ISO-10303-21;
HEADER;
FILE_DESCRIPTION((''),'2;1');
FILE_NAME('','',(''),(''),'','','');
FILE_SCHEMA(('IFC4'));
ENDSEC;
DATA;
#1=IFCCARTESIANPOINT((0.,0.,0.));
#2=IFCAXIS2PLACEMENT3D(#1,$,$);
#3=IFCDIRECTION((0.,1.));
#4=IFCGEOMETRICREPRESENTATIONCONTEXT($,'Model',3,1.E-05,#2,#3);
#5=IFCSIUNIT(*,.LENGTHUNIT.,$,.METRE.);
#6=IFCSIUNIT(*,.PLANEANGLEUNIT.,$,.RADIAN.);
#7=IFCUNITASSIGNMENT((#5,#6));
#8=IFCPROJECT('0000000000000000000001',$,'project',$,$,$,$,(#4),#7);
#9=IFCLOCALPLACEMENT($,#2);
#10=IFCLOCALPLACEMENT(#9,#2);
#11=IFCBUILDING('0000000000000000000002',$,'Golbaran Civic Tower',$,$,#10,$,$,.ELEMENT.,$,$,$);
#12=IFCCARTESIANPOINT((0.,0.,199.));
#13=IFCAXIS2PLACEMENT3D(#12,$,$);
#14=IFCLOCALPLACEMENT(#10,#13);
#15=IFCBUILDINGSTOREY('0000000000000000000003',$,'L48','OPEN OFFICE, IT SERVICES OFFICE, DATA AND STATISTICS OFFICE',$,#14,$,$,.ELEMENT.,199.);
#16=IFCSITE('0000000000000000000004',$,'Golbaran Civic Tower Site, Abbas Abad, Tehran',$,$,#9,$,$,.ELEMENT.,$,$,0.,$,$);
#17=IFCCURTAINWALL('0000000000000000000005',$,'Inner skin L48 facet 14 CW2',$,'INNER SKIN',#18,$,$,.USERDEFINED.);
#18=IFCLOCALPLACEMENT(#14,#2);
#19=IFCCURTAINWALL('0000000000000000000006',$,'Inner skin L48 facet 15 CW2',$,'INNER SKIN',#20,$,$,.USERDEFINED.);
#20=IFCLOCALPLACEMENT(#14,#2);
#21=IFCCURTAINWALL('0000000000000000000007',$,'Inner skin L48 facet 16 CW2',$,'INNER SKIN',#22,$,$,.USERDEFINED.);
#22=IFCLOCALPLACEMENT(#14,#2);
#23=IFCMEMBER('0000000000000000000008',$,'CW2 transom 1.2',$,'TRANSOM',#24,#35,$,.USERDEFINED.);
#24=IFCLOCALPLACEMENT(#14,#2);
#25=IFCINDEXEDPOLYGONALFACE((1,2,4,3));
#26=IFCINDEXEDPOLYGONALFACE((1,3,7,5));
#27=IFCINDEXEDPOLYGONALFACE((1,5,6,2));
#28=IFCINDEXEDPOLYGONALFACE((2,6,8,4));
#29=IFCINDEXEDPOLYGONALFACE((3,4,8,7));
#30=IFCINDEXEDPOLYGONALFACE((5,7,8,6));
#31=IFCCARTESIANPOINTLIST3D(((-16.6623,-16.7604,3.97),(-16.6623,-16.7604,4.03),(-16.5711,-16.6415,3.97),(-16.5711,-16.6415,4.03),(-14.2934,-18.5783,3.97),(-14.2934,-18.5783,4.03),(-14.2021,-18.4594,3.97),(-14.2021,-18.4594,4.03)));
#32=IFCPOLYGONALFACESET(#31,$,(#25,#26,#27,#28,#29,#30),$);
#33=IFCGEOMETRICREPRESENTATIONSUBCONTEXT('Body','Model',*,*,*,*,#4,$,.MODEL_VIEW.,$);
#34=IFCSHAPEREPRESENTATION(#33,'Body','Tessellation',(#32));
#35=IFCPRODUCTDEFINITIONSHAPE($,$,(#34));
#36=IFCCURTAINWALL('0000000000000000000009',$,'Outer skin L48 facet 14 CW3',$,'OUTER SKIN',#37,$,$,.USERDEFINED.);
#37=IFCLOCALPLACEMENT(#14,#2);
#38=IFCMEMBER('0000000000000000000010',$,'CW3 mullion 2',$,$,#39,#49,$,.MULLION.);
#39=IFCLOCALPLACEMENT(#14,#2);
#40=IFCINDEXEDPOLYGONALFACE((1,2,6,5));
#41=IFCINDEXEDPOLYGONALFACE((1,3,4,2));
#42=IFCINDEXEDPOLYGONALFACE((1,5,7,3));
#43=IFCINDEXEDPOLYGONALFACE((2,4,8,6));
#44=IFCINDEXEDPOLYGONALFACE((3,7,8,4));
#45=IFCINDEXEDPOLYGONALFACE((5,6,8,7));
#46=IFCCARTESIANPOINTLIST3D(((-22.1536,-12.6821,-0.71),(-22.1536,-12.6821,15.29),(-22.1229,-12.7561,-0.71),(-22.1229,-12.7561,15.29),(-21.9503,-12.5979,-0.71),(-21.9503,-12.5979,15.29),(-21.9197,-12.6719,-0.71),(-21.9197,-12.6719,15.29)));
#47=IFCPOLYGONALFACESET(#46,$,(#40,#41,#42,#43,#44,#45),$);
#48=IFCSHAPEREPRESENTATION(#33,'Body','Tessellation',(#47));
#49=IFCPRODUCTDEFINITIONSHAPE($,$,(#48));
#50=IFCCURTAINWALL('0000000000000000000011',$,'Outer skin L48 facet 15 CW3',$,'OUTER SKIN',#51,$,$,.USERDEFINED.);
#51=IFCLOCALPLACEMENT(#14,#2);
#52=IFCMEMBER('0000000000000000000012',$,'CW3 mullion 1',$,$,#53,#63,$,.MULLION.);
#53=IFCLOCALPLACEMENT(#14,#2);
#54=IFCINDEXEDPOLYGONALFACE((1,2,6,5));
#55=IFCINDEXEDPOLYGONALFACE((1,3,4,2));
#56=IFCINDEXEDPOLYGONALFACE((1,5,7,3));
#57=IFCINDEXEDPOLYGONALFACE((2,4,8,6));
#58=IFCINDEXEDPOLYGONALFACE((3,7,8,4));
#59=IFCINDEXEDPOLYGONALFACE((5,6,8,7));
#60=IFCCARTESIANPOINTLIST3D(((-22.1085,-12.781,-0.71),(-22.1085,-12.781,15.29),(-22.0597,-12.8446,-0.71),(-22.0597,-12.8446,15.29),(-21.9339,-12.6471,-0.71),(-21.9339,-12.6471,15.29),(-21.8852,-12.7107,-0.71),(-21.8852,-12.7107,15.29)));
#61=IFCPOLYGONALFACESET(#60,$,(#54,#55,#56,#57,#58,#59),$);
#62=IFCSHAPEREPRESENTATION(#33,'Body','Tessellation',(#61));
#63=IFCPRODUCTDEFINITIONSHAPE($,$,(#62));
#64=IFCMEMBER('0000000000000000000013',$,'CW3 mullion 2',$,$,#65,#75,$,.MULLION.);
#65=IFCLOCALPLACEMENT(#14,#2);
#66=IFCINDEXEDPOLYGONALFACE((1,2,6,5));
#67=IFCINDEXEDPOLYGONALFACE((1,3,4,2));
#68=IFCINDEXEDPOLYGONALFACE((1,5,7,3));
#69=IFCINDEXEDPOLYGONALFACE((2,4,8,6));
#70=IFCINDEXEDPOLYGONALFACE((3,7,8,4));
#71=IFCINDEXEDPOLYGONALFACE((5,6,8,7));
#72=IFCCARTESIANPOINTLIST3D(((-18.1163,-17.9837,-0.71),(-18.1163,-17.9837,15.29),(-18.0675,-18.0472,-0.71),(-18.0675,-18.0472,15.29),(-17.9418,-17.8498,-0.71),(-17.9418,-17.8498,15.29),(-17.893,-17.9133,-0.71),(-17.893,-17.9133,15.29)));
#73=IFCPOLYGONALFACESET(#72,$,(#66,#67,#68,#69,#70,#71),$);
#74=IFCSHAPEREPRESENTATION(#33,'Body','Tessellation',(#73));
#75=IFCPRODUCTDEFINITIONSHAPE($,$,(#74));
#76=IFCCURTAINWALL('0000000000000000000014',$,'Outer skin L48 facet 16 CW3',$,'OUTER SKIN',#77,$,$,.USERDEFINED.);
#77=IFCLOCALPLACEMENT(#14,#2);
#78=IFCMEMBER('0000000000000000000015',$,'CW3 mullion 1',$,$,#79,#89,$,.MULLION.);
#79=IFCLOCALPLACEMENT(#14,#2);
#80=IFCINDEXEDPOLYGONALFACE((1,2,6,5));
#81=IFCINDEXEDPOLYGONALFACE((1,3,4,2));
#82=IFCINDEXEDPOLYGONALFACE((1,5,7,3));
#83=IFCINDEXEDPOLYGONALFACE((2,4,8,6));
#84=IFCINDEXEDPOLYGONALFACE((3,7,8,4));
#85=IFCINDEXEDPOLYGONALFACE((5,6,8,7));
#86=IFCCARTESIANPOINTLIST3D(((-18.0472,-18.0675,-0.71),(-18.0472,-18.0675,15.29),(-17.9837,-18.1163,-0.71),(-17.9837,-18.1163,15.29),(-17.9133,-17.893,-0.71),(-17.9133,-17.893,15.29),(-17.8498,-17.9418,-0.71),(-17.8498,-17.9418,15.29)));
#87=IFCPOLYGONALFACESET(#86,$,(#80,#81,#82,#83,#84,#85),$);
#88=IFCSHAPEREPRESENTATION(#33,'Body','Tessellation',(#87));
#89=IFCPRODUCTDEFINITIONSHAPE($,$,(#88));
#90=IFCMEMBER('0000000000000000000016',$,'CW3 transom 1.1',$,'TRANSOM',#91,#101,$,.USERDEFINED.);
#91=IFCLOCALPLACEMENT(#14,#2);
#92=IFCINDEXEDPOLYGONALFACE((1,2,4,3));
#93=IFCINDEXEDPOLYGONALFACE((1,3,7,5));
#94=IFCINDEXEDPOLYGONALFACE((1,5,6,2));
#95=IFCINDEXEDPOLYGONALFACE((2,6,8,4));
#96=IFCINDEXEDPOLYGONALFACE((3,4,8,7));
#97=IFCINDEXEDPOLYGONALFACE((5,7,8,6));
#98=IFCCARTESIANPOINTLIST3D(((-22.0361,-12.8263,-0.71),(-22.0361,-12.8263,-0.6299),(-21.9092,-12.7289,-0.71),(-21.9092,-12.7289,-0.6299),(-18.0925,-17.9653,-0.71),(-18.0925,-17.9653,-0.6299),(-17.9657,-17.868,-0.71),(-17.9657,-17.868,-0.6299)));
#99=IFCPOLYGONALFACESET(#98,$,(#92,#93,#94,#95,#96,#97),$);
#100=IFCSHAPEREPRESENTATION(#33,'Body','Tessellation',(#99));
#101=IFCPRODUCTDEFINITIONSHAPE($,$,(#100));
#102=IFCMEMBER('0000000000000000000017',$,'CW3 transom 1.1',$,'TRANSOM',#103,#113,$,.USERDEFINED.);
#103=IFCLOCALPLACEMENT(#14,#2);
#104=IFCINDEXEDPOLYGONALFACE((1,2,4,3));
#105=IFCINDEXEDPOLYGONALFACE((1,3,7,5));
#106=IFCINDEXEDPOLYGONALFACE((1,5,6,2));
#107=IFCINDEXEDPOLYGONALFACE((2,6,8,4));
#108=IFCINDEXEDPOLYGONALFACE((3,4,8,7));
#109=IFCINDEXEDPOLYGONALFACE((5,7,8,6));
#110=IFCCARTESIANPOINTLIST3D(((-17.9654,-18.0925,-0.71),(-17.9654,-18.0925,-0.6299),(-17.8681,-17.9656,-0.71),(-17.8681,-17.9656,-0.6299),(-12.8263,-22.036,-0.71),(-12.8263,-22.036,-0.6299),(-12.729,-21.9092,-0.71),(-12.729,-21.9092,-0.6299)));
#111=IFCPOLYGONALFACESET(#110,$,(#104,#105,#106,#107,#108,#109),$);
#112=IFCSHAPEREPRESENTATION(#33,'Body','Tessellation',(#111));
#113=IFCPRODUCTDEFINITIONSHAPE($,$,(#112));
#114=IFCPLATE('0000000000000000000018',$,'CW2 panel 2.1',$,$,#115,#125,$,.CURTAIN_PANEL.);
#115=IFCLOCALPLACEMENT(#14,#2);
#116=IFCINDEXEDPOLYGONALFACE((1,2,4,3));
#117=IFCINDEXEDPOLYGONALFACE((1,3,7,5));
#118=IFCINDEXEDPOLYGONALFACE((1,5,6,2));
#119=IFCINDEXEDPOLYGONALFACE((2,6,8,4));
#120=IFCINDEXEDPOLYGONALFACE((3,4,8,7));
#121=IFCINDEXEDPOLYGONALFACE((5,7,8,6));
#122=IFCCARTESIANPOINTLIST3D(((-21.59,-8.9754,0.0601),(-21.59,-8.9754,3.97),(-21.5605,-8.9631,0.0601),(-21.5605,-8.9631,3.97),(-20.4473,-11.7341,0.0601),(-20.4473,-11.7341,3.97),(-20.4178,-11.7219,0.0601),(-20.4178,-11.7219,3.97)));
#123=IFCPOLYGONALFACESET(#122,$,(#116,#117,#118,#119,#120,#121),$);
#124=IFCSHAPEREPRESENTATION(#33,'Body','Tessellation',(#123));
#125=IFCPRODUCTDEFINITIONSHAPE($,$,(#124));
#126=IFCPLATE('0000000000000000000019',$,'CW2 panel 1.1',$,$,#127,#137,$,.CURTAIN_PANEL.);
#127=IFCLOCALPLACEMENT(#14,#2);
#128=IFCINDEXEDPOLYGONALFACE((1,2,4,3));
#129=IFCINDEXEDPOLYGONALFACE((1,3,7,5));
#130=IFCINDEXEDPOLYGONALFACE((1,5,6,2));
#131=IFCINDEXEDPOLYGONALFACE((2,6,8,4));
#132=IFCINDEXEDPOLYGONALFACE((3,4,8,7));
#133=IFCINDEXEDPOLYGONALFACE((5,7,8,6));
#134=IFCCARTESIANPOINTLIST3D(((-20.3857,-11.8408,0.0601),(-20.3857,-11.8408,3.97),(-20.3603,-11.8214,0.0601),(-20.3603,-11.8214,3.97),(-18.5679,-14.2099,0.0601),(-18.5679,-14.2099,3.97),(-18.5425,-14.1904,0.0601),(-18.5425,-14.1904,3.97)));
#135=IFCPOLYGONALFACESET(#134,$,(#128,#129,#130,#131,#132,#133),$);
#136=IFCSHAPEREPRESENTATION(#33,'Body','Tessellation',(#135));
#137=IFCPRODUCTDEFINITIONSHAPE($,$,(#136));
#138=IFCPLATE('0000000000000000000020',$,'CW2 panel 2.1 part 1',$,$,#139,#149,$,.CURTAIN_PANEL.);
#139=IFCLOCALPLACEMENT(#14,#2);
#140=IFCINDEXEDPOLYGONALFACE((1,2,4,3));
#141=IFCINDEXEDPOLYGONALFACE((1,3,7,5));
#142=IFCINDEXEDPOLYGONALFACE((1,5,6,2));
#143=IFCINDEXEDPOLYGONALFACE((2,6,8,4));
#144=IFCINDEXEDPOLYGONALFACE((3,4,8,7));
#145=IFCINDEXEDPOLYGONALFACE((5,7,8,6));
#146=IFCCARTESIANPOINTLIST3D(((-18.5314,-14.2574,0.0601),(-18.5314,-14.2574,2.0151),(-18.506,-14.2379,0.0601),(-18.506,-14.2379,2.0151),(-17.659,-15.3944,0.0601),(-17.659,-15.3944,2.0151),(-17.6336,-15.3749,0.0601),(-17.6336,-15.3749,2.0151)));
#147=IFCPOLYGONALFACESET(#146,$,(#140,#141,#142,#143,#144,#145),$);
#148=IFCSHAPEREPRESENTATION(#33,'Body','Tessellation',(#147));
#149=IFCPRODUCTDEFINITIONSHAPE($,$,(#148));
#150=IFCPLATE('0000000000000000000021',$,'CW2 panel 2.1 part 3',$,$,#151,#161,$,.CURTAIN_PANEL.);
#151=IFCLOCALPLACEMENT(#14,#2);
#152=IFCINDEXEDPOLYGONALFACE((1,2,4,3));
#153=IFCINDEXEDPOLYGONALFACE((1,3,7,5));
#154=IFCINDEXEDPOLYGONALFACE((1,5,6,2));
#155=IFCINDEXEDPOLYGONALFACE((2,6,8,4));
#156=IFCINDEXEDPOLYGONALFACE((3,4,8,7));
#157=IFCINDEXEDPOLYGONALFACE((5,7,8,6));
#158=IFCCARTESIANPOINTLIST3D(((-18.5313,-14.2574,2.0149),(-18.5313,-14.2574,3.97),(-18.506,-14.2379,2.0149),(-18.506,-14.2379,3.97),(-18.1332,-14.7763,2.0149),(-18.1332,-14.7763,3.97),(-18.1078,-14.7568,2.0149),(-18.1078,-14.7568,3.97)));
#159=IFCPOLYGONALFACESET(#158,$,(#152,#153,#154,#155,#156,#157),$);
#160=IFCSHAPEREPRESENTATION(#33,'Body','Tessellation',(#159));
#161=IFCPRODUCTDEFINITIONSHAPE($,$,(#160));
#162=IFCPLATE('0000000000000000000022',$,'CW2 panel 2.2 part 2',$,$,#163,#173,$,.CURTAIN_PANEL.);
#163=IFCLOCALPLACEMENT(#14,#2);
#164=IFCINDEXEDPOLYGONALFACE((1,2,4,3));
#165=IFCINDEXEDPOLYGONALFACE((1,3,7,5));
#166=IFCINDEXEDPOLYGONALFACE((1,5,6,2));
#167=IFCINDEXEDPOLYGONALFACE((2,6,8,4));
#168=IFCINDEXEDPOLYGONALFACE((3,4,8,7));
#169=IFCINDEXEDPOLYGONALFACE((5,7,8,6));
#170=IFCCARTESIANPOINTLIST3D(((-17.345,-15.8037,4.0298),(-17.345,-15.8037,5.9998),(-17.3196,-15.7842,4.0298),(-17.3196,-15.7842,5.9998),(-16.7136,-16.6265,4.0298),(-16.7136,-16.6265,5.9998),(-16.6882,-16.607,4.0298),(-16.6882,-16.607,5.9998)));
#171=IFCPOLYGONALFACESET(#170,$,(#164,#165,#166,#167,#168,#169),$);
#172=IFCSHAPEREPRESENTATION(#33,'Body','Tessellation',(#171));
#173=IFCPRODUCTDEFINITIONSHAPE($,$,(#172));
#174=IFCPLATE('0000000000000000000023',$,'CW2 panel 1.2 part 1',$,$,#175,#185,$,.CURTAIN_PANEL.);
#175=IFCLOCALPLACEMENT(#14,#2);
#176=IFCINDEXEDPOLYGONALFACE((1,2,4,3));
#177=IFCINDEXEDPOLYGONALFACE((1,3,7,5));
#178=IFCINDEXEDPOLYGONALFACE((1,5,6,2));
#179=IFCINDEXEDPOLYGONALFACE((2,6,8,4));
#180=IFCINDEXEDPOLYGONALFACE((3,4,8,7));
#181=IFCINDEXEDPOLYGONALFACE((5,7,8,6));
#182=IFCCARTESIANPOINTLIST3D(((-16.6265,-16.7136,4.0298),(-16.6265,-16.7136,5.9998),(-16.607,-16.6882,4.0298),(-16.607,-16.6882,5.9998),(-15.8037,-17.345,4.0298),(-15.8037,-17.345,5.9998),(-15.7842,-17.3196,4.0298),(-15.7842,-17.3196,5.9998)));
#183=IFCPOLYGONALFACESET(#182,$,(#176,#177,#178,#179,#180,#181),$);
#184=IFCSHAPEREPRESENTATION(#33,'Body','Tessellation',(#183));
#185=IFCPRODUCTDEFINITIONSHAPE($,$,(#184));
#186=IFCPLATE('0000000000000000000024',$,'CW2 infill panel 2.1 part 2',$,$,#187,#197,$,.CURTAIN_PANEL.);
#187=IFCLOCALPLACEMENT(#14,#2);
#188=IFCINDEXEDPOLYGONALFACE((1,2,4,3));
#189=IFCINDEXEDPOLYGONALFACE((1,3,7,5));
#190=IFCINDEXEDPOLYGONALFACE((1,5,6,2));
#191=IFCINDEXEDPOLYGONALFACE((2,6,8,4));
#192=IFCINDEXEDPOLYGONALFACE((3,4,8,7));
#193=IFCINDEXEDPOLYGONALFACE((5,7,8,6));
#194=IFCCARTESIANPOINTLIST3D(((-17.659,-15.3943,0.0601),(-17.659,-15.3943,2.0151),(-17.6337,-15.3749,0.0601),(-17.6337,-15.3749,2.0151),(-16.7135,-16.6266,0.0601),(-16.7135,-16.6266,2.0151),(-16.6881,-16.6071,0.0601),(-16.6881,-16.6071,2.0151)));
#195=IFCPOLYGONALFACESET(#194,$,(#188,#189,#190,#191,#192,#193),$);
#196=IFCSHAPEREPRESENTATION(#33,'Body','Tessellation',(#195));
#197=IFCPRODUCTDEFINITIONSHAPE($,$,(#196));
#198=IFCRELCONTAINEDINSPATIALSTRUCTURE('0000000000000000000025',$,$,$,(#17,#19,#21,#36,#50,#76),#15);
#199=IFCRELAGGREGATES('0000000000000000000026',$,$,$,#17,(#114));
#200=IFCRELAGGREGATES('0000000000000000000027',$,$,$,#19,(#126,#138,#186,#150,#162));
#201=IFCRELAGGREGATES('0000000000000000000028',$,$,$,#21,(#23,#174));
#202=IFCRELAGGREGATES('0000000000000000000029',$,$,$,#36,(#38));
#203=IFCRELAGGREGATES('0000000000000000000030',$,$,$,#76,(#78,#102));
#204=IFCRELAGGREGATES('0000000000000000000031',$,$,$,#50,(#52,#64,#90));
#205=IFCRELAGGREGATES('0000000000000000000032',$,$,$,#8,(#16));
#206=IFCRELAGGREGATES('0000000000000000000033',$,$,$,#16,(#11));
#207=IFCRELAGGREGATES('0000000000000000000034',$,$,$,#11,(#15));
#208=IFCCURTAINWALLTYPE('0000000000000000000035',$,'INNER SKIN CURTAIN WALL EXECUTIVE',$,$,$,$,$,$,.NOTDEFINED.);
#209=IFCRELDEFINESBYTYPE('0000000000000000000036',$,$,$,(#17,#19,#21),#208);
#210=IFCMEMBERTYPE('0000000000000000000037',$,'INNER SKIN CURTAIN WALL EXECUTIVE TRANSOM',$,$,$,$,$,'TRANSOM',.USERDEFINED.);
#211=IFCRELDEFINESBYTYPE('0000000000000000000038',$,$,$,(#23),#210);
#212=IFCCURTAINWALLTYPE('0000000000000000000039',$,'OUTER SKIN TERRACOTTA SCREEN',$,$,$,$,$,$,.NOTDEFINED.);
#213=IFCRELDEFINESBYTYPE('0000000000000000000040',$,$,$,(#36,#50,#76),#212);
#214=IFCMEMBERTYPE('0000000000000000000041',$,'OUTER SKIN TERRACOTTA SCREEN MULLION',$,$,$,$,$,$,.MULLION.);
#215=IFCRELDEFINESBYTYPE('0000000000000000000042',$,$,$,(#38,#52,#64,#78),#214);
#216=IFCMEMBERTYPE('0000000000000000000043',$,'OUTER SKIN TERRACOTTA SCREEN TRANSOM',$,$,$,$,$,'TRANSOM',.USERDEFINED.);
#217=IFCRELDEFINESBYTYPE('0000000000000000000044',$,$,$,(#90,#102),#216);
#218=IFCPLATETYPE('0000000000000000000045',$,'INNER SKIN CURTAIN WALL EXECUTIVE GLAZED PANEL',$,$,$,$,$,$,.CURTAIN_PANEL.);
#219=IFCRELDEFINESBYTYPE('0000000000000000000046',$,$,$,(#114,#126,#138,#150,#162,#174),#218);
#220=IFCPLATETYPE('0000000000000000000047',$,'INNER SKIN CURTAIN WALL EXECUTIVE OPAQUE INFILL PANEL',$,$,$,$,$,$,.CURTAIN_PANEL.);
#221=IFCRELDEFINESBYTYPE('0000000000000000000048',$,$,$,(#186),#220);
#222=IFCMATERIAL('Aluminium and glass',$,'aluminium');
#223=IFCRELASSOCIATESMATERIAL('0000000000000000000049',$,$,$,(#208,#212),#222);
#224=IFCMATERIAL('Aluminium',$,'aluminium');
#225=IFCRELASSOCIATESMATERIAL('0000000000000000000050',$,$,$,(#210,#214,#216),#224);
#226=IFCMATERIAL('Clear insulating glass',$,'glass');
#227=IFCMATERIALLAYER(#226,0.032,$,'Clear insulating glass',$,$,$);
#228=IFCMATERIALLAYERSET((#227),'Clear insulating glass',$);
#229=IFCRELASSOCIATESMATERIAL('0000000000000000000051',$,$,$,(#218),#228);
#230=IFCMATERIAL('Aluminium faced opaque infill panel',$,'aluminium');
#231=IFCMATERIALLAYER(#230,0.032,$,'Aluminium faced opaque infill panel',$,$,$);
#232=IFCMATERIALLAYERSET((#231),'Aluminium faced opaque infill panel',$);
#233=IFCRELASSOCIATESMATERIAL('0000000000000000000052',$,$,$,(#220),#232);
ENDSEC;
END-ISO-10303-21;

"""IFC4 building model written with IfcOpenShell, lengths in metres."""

from ifc_helpers import new_model, si_unit, direction, frame, origin, origin_2d, place, context, subcontext, project, spatial, rectangle, extrude, material, layer, layer_set, material_profile, profile_set, type_object, element, aggregate, save


model = new_model("IFC4")

# Units and contexts
model_context = context("Model", 3, precision=1e-05, world=origin(), true_north=direction((0.0, 1.0)))
body_context = subcontext(model_context, "Body", "Model", "MODEL_VIEW")
ifc_project = project(units=[si_unit("LENGTHUNIT", "METRE"), si_unit("PLANEANGLEUNIT", "RADIAN")], contexts=[model_context])

# Site, building, storey
site_placement = place(None, origin())
site = spatial("IfcSite", under=ifc_project, at=site_placement, Name="Golbaran Civic Tower Site, Abbas Abad, Tehran", CompositionType="ELEMENT", RefElevation=0.0)
building_placement = place(site_placement, origin())
building = spatial("IfcBuilding", under=site, at=building_placement, Name="Golbaran Civic Tower", CompositionType="ELEMENT")
storey_placement = place(building_placement, frame((0.0, 0.0, 199.0)))
storey = spatial("IfcBuildingStorey", under=building, at=storey_placement, Name="L48", Description="OPEN OFFICE, IT SERVICES OFFICE, DATA AND STATISTICS OFFICE", CompositionType="ELEMENT", Elevation=199.0)

# Curtain wall
ifc_material_1 = material(Name="Aluminium and glass", Category="aluminium")
curtain_wall_type_1 = type_object("IfcCurtainWallType", Name="INNER SKIN CURTAIN WALL EXECUTIVE", PredefinedType="NOTDEFINED", material=ifc_material_1)
curtain_wall_1_placement = place(storey_placement, origin())
curtain_wall_1 = element("IfcCurtainWall", 1, at=curtain_wall_1_placement, inside=storey, type_object=curtain_wall_type_1, Name="Inner skin L48 facet 14 CW2", ObjectType="INNER SKIN", PredefinedType="USERDEFINED")
ifc_material_2 = material(Name="Aluminium", Category="aluminium")

# Curtain wall
curtain_wall_2_placement = place(storey_placement, origin())
curtain_wall_2 = element("IfcCurtainWall", 2, at=curtain_wall_2_placement, inside=storey, type_object=curtain_wall_type_1, Name="Inner skin L48 facet 15 CW2", ObjectType="INNER SKIN", PredefinedType="USERDEFINED")

# Curtain wall
curtain_wall_3_placement = place(storey_placement, origin())
curtain_wall_3 = element("IfcCurtainWall", 3, at=curtain_wall_3_placement, inside=storey, type_object=curtain_wall_type_1, Name="Inner skin L48 facet 16 CW2", ObjectType="INNER SKIN", PredefinedType="USERDEFINED")

# Member
ifc_material_profile_1 = material_profile(ifc_material_2, rectangle(XDim=0.1499, YDim=0.0601, at=origin_2d()), Name="INNER SKIN CURTAIN WALL EXECUTIVE TRANSOM")
ifc_profile_set_1 = profile_set([ifc_material_profile_1], Name="Aluminium")
member_type_1 = type_object("IfcMemberType", Name="INNER SKIN CURTAIN WALL EXECUTIVE TRANSOM", ElementType="TRANSOM", PredefinedType="USERDEFINED", material=ifc_profile_set_1)
member_1_placement = place(storey_placement, frame((-16.6167, -16.7009, 4.0), z_axis=(0.793329, -0.608794, 0.0), x_axis=(0.608794, 0.793329, 0.0)))
member_1 = element("IfcMember", 4, at=member_1_placement, type_object=member_type_1, Name="CW2 transom 1.2", ObjectType="TRANSOM", PredefinedType="USERDEFINED", context=body_context, shape_type="SweptSolid", body=[
    extrude(rectangle(XDim=0.1499, YDim=0.0601, at=origin_2d()), origin(), (0.0, 0.0, 1.0), 2.9861),
])

# Curtain wall, member
curtain_wall_type_2 = type_object("IfcCurtainWallType", Name="OUTER SKIN TERRACOTTA SCREEN", PredefinedType="NOTDEFINED", material=ifc_material_1)
curtain_wall_4_placement = place(storey_placement, origin())
curtain_wall_4 = element("IfcCurtainWall", 5, at=curtain_wall_4_placement, inside=storey, type_object=curtain_wall_type_2, Name="Outer skin L48 facet 14 CW3", ObjectType="OUTER SKIN", PredefinedType="USERDEFINED")
ifc_material_profile_2 = material_profile(ifc_material_2, rectangle(XDim=0.22, YDim=0.0801, at=origin_2d()), Name="OUTER SKIN TERRACOTTA SCREEN MULLION")
ifc_profile_set_2 = profile_set([ifc_material_profile_2], Name="Aluminium")
member_type_2 = type_object("IfcMemberType", Name="OUTER SKIN TERRACOTTA SCREEN MULLION", PredefinedType="MULLION", material=ifc_profile_set_2)
member_2_placement = place(storey_placement, frame((-22.0366, -12.677, -0.71), z_axis=(0.0, 0.0, 1.0), x_axis=(0.92388, 0.382683, 0.0)))
member_2 = element("IfcMember", 6, at=member_2_placement, type_object=member_type_2, Name="CW3 mullion 2", PredefinedType="MULLION", context=body_context, shape_type="SweptSolid", body=[
    extrude(rectangle(XDim=0.22, YDim=0.0801, at=origin_2d()), origin(), (0.0, 0.0, 1.0), 16.0),
])

# Curtain wall, members
curtain_wall_5_placement = place(storey_placement, origin())
curtain_wall_5 = element("IfcCurtainWall", 7, at=curtain_wall_5_placement, inside=storey, type_object=curtain_wall_type_2, Name="Outer skin L48 facet 15 CW3", ObjectType="OUTER SKIN", PredefinedType="USERDEFINED")
member_3_placement = place(storey_placement, frame((-21.9968, -12.7458, -0.71), z_axis=(0.0, 0.0, 1.0), x_axis=(0.793353, 0.608761, 0.0)))
member_3 = element("IfcMember", 8, at=member_3_placement, type_object=member_type_2, Name="CW3 mullion 1", PredefinedType="MULLION", context=body_context, shape_type="SweptSolid", body=[
    extrude(rectangle(XDim=0.22, YDim=0.0801, at=origin_2d()), origin(), (0.0, 0.0, 1.0), 16.0),
])
member_4_placement = place(storey_placement, frame((-18.0046, -17.9485, -0.71), z_axis=(0.0, 0.0, 1.0), x_axis=(0.793353, 0.608761, 0.0)))
member_4 = element("IfcMember", 9, at=member_4_placement, type_object=member_type_2, Name="CW3 mullion 2", PredefinedType="MULLION", context=body_context, shape_type="SweptSolid", body=[
    extrude(rectangle(XDim=0.22, YDim=0.0801, at=origin_2d()), origin(), (0.0, 0.0, 1.0), 16.0),
])

# Curtain wall, member
curtain_wall_6_placement = place(storey_placement, origin())
curtain_wall_6 = element("IfcCurtainWall", 10, at=curtain_wall_6_placement, inside=storey, type_object=curtain_wall_type_2, Name="Outer skin L48 facet 16 CW3", ObjectType="OUTER SKIN", PredefinedType="USERDEFINED")
member_5_placement = place(storey_placement, frame((-17.9485, -18.0046, -0.71), z_axis=(0.0, 0.0, 1.0), x_axis=(0.608761, 0.793353, 0.0)))
member_5 = element("IfcMember", 11, at=member_5_placement, type_object=member_type_2, Name="CW3 mullion 1", PredefinedType="MULLION", context=body_context, shape_type="SweptSolid", body=[
    extrude(rectangle(XDim=0.22, YDim=0.0801, at=origin_2d()), origin(), (0.0, 0.0, 1.0), 16.0),
])

# Members
ifc_material_profile_3 = material_profile(ifc_material_2, rectangle(XDim=0.1599, YDim=0.0801, at=origin_2d()), Name="OUTER SKIN TERRACOTTA SCREEN TRANSOM")
ifc_profile_set_3 = profile_set([ifc_material_profile_3], Name="Aluminium")
member_type_3 = type_object("IfcMemberType", Name="OUTER SKIN TERRACOTTA SCREEN TRANSOM", ElementType="TRANSOM", PredefinedType="USERDEFINED", material=ifc_profile_set_3)
member_6_placement = place(storey_placement, frame((-21.9727, -12.7776, -0.6699), z_axis=(0.60878, -0.793339, 0.0), x_axis=(0.793339, 0.60878, 0.0)))
member_6 = element("IfcMember", 12, at=member_6_placement, type_object=member_type_3, Name="CW3 transom 1.1", ObjectType="TRANSOM", PredefinedType="USERDEFINED", context=body_context, shape_type="SweptSolid", body=[
    extrude(rectangle(XDim=0.1599, YDim=0.0801, at=origin_2d()), origin(), (0.0, 0.0, 1.0), 6.4778),
])
member_7_placement = place(storey_placement, frame((-17.9167, -18.0291, -0.6699), z_axis=(0.793339, -0.60878, 0.0), x_axis=(0.60878, 0.793339, 0.0)))
member_7 = element("IfcMember", 13, at=member_7_placement, type_object=member_type_3, Name="CW3 transom 1.1", ObjectType="TRANSOM", PredefinedType="USERDEFINED", context=body_context, shape_type="SweptSolid", body=[
    extrude(rectangle(XDim=0.1599, YDim=0.0801, at=origin_2d()), origin(), (0.0, 0.0, 1.0), 6.4778),
])

# Plates
ifc_material_3 = material(Name="Clear insulating glass", Category="glass")
ifc_layer_1 = layer(ifc_material_3, 0.032, Name="Clear insulating glass")
ifc_layer_set_1 = layer_set([ifc_layer_1], Name="Clear insulating glass")
plate_type_1 = type_object("IfcPlateType", Name="INNER SKIN CURTAIN WALL EXECUTIVE GLAZED PANEL", PredefinedType="CURTAIN_PANEL", material=ifc_layer_set_1)
plate_1_placement = place(storey_placement, frame((-21.0039, -10.3486, 0.0601), z_axis=(0.0, 0.0, 1.0), x_axis=(0.382683, -0.92388, 0.0)))
plate_1 = element("IfcPlate", 14, at=plate_1_placement, type_object=plate_type_1, Name="CW2 panel 2.1", PredefinedType="CURTAIN_PANEL", context=body_context, shape_type="SweptSolid", body=[
    extrude(rectangle(XDim=2.9861, YDim=0.032, at=origin_2d()), origin(), (0.0, 0.0, 1.0), 3.9099),
])
aggregate(curtain_wall_1, [plate_1])
plate_2_placement = place(storey_placement, frame((-19.4641, -13.0156, 0.0601), z_axis=(0.0, 0.0, 1.0), x_axis=(0.608761, -0.793353, 0.0)))
plate_2 = element("IfcPlate", 15, at=plate_2_placement, type_object=plate_type_1, Name="CW2 panel 1.1", PredefinedType="CURTAIN_PANEL", context=body_context, shape_type="SweptSolid", body=[
    extrude(rectangle(XDim=2.9861, YDim=0.032, at=origin_2d()), origin(), (0.0, 0.0, 1.0), 3.9099),
])
plate_3_placement = place(storey_placement, frame((-18.0825, -14.8162, 0.0601), z_axis=(0.0, 0.0, 1.0), x_axis=(0.608761, -0.793353, 0.0)))
plate_3 = element("IfcPlate", 16, at=plate_3_placement, type_object=plate_type_1, Name="CW2 panel 2.1 part 1", PredefinedType="CURTAIN_PANEL", context=body_context, shape_type="SweptSolid", body=[
    extrude(rectangle(XDim=1.4331, YDim=0.032, at=origin_2d()), origin(), (0.0, 0.0, 1.0), 1.9551),
])
plate_4_placement = place(storey_placement, frame((-18.3196, -14.5071, 2.0149), z_axis=(0.0, 0.0, 1.0), x_axis=(0.608761, -0.793353, 0.0)))
plate_4 = element("IfcPlate", 17, at=plate_4_placement, type_object=plate_type_1, Name="CW2 panel 2.1 part 3", PredefinedType="CURTAIN_PANEL", context=body_context, shape_type="SweptSolid", body=[
    extrude(rectangle(XDim=0.6541, YDim=0.032, at=origin_2d()), origin(), (0.0, 0.0, 1.0), 1.9551),
])
plate_5_placement = place(storey_placement, frame((-17.0166, -16.2053, 4.0298), z_axis=(0.0, 0.0, 1.0), x_axis=(0.608761, -0.793353, 0.0)))
plate_5 = element("IfcPlate", 18, at=plate_5_placement, type_object=plate_type_1, Name="CW2 panel 2.2 part 2", PredefinedType="CURTAIN_PANEL", context=body_context, shape_type="SweptSolid", body=[
    extrude(rectangle(XDim=1.0371, YDim=0.032, at=origin_2d()), origin(), (0.0, 0.0, 1.0), 1.97),
])
plate_6_placement = place(storey_placement, frame((-16.2053, -17.0166, 4.0298), z_axis=(0.0, 0.0, 1.0), x_axis=(0.793353, -0.608761, 0.0)))
plate_6 = element("IfcPlate", 19, at=plate_6_placement, type_object=plate_type_1, Name="CW2 panel 1.2 part 1", PredefinedType="CURTAIN_PANEL", context=body_context, shape_type="SweptSolid", body=[
    extrude(rectangle(XDim=1.0371, YDim=0.032, at=origin_2d()), origin(), (0.0, 0.0, 1.0), 1.97),
])
ifc_material_4 = material(Name="Aluminium faced opaque infill panel", Category="aluminium")
ifc_layer_2 = layer(ifc_material_4, 0.032, Name="Aluminium faced opaque infill panel")
ifc_layer_set_2 = layer_set([ifc_layer_2], Name="Aluminium faced opaque infill panel")
plate_type_2 = type_object("IfcPlateType", Name="INNER SKIN CURTAIN WALL EXECUTIVE OPAQUE INFILL PANEL", PredefinedType="CURTAIN_PANEL", material=ifc_layer_set_2)
plate_7_placement = place(storey_placement, frame((-17.1736, -16.0007, 0.0601), z_axis=(0.0, 0.0, 1.0), x_axis=(0.608761, -0.793353, 0.0)))
plate_7 = element("IfcPlate", 20, at=plate_7_placement, type_object=plate_type_2, Name="CW2 infill panel 2.1 part 2", PredefinedType="CURTAIN_PANEL", context=body_context, shape_type="SweptSolid", body=[
    extrude(rectangle(XDim=1.5532, YDim=0.032, at=origin_2d()), origin(), (0.0, 0.0, 1.0), 1.9551),
])
aggregate(curtain_wall_2, [plate_2, plate_3, plate_7, plate_4, plate_5])
aggregate(curtain_wall_3, [member_1, plate_6])
aggregate(curtain_wall_4, [member_2])
aggregate(curtain_wall_6, [member_5, member_7])
aggregate(curtain_wall_5, [member_3, member_4, member_6])

save(model, "model.ifc")
